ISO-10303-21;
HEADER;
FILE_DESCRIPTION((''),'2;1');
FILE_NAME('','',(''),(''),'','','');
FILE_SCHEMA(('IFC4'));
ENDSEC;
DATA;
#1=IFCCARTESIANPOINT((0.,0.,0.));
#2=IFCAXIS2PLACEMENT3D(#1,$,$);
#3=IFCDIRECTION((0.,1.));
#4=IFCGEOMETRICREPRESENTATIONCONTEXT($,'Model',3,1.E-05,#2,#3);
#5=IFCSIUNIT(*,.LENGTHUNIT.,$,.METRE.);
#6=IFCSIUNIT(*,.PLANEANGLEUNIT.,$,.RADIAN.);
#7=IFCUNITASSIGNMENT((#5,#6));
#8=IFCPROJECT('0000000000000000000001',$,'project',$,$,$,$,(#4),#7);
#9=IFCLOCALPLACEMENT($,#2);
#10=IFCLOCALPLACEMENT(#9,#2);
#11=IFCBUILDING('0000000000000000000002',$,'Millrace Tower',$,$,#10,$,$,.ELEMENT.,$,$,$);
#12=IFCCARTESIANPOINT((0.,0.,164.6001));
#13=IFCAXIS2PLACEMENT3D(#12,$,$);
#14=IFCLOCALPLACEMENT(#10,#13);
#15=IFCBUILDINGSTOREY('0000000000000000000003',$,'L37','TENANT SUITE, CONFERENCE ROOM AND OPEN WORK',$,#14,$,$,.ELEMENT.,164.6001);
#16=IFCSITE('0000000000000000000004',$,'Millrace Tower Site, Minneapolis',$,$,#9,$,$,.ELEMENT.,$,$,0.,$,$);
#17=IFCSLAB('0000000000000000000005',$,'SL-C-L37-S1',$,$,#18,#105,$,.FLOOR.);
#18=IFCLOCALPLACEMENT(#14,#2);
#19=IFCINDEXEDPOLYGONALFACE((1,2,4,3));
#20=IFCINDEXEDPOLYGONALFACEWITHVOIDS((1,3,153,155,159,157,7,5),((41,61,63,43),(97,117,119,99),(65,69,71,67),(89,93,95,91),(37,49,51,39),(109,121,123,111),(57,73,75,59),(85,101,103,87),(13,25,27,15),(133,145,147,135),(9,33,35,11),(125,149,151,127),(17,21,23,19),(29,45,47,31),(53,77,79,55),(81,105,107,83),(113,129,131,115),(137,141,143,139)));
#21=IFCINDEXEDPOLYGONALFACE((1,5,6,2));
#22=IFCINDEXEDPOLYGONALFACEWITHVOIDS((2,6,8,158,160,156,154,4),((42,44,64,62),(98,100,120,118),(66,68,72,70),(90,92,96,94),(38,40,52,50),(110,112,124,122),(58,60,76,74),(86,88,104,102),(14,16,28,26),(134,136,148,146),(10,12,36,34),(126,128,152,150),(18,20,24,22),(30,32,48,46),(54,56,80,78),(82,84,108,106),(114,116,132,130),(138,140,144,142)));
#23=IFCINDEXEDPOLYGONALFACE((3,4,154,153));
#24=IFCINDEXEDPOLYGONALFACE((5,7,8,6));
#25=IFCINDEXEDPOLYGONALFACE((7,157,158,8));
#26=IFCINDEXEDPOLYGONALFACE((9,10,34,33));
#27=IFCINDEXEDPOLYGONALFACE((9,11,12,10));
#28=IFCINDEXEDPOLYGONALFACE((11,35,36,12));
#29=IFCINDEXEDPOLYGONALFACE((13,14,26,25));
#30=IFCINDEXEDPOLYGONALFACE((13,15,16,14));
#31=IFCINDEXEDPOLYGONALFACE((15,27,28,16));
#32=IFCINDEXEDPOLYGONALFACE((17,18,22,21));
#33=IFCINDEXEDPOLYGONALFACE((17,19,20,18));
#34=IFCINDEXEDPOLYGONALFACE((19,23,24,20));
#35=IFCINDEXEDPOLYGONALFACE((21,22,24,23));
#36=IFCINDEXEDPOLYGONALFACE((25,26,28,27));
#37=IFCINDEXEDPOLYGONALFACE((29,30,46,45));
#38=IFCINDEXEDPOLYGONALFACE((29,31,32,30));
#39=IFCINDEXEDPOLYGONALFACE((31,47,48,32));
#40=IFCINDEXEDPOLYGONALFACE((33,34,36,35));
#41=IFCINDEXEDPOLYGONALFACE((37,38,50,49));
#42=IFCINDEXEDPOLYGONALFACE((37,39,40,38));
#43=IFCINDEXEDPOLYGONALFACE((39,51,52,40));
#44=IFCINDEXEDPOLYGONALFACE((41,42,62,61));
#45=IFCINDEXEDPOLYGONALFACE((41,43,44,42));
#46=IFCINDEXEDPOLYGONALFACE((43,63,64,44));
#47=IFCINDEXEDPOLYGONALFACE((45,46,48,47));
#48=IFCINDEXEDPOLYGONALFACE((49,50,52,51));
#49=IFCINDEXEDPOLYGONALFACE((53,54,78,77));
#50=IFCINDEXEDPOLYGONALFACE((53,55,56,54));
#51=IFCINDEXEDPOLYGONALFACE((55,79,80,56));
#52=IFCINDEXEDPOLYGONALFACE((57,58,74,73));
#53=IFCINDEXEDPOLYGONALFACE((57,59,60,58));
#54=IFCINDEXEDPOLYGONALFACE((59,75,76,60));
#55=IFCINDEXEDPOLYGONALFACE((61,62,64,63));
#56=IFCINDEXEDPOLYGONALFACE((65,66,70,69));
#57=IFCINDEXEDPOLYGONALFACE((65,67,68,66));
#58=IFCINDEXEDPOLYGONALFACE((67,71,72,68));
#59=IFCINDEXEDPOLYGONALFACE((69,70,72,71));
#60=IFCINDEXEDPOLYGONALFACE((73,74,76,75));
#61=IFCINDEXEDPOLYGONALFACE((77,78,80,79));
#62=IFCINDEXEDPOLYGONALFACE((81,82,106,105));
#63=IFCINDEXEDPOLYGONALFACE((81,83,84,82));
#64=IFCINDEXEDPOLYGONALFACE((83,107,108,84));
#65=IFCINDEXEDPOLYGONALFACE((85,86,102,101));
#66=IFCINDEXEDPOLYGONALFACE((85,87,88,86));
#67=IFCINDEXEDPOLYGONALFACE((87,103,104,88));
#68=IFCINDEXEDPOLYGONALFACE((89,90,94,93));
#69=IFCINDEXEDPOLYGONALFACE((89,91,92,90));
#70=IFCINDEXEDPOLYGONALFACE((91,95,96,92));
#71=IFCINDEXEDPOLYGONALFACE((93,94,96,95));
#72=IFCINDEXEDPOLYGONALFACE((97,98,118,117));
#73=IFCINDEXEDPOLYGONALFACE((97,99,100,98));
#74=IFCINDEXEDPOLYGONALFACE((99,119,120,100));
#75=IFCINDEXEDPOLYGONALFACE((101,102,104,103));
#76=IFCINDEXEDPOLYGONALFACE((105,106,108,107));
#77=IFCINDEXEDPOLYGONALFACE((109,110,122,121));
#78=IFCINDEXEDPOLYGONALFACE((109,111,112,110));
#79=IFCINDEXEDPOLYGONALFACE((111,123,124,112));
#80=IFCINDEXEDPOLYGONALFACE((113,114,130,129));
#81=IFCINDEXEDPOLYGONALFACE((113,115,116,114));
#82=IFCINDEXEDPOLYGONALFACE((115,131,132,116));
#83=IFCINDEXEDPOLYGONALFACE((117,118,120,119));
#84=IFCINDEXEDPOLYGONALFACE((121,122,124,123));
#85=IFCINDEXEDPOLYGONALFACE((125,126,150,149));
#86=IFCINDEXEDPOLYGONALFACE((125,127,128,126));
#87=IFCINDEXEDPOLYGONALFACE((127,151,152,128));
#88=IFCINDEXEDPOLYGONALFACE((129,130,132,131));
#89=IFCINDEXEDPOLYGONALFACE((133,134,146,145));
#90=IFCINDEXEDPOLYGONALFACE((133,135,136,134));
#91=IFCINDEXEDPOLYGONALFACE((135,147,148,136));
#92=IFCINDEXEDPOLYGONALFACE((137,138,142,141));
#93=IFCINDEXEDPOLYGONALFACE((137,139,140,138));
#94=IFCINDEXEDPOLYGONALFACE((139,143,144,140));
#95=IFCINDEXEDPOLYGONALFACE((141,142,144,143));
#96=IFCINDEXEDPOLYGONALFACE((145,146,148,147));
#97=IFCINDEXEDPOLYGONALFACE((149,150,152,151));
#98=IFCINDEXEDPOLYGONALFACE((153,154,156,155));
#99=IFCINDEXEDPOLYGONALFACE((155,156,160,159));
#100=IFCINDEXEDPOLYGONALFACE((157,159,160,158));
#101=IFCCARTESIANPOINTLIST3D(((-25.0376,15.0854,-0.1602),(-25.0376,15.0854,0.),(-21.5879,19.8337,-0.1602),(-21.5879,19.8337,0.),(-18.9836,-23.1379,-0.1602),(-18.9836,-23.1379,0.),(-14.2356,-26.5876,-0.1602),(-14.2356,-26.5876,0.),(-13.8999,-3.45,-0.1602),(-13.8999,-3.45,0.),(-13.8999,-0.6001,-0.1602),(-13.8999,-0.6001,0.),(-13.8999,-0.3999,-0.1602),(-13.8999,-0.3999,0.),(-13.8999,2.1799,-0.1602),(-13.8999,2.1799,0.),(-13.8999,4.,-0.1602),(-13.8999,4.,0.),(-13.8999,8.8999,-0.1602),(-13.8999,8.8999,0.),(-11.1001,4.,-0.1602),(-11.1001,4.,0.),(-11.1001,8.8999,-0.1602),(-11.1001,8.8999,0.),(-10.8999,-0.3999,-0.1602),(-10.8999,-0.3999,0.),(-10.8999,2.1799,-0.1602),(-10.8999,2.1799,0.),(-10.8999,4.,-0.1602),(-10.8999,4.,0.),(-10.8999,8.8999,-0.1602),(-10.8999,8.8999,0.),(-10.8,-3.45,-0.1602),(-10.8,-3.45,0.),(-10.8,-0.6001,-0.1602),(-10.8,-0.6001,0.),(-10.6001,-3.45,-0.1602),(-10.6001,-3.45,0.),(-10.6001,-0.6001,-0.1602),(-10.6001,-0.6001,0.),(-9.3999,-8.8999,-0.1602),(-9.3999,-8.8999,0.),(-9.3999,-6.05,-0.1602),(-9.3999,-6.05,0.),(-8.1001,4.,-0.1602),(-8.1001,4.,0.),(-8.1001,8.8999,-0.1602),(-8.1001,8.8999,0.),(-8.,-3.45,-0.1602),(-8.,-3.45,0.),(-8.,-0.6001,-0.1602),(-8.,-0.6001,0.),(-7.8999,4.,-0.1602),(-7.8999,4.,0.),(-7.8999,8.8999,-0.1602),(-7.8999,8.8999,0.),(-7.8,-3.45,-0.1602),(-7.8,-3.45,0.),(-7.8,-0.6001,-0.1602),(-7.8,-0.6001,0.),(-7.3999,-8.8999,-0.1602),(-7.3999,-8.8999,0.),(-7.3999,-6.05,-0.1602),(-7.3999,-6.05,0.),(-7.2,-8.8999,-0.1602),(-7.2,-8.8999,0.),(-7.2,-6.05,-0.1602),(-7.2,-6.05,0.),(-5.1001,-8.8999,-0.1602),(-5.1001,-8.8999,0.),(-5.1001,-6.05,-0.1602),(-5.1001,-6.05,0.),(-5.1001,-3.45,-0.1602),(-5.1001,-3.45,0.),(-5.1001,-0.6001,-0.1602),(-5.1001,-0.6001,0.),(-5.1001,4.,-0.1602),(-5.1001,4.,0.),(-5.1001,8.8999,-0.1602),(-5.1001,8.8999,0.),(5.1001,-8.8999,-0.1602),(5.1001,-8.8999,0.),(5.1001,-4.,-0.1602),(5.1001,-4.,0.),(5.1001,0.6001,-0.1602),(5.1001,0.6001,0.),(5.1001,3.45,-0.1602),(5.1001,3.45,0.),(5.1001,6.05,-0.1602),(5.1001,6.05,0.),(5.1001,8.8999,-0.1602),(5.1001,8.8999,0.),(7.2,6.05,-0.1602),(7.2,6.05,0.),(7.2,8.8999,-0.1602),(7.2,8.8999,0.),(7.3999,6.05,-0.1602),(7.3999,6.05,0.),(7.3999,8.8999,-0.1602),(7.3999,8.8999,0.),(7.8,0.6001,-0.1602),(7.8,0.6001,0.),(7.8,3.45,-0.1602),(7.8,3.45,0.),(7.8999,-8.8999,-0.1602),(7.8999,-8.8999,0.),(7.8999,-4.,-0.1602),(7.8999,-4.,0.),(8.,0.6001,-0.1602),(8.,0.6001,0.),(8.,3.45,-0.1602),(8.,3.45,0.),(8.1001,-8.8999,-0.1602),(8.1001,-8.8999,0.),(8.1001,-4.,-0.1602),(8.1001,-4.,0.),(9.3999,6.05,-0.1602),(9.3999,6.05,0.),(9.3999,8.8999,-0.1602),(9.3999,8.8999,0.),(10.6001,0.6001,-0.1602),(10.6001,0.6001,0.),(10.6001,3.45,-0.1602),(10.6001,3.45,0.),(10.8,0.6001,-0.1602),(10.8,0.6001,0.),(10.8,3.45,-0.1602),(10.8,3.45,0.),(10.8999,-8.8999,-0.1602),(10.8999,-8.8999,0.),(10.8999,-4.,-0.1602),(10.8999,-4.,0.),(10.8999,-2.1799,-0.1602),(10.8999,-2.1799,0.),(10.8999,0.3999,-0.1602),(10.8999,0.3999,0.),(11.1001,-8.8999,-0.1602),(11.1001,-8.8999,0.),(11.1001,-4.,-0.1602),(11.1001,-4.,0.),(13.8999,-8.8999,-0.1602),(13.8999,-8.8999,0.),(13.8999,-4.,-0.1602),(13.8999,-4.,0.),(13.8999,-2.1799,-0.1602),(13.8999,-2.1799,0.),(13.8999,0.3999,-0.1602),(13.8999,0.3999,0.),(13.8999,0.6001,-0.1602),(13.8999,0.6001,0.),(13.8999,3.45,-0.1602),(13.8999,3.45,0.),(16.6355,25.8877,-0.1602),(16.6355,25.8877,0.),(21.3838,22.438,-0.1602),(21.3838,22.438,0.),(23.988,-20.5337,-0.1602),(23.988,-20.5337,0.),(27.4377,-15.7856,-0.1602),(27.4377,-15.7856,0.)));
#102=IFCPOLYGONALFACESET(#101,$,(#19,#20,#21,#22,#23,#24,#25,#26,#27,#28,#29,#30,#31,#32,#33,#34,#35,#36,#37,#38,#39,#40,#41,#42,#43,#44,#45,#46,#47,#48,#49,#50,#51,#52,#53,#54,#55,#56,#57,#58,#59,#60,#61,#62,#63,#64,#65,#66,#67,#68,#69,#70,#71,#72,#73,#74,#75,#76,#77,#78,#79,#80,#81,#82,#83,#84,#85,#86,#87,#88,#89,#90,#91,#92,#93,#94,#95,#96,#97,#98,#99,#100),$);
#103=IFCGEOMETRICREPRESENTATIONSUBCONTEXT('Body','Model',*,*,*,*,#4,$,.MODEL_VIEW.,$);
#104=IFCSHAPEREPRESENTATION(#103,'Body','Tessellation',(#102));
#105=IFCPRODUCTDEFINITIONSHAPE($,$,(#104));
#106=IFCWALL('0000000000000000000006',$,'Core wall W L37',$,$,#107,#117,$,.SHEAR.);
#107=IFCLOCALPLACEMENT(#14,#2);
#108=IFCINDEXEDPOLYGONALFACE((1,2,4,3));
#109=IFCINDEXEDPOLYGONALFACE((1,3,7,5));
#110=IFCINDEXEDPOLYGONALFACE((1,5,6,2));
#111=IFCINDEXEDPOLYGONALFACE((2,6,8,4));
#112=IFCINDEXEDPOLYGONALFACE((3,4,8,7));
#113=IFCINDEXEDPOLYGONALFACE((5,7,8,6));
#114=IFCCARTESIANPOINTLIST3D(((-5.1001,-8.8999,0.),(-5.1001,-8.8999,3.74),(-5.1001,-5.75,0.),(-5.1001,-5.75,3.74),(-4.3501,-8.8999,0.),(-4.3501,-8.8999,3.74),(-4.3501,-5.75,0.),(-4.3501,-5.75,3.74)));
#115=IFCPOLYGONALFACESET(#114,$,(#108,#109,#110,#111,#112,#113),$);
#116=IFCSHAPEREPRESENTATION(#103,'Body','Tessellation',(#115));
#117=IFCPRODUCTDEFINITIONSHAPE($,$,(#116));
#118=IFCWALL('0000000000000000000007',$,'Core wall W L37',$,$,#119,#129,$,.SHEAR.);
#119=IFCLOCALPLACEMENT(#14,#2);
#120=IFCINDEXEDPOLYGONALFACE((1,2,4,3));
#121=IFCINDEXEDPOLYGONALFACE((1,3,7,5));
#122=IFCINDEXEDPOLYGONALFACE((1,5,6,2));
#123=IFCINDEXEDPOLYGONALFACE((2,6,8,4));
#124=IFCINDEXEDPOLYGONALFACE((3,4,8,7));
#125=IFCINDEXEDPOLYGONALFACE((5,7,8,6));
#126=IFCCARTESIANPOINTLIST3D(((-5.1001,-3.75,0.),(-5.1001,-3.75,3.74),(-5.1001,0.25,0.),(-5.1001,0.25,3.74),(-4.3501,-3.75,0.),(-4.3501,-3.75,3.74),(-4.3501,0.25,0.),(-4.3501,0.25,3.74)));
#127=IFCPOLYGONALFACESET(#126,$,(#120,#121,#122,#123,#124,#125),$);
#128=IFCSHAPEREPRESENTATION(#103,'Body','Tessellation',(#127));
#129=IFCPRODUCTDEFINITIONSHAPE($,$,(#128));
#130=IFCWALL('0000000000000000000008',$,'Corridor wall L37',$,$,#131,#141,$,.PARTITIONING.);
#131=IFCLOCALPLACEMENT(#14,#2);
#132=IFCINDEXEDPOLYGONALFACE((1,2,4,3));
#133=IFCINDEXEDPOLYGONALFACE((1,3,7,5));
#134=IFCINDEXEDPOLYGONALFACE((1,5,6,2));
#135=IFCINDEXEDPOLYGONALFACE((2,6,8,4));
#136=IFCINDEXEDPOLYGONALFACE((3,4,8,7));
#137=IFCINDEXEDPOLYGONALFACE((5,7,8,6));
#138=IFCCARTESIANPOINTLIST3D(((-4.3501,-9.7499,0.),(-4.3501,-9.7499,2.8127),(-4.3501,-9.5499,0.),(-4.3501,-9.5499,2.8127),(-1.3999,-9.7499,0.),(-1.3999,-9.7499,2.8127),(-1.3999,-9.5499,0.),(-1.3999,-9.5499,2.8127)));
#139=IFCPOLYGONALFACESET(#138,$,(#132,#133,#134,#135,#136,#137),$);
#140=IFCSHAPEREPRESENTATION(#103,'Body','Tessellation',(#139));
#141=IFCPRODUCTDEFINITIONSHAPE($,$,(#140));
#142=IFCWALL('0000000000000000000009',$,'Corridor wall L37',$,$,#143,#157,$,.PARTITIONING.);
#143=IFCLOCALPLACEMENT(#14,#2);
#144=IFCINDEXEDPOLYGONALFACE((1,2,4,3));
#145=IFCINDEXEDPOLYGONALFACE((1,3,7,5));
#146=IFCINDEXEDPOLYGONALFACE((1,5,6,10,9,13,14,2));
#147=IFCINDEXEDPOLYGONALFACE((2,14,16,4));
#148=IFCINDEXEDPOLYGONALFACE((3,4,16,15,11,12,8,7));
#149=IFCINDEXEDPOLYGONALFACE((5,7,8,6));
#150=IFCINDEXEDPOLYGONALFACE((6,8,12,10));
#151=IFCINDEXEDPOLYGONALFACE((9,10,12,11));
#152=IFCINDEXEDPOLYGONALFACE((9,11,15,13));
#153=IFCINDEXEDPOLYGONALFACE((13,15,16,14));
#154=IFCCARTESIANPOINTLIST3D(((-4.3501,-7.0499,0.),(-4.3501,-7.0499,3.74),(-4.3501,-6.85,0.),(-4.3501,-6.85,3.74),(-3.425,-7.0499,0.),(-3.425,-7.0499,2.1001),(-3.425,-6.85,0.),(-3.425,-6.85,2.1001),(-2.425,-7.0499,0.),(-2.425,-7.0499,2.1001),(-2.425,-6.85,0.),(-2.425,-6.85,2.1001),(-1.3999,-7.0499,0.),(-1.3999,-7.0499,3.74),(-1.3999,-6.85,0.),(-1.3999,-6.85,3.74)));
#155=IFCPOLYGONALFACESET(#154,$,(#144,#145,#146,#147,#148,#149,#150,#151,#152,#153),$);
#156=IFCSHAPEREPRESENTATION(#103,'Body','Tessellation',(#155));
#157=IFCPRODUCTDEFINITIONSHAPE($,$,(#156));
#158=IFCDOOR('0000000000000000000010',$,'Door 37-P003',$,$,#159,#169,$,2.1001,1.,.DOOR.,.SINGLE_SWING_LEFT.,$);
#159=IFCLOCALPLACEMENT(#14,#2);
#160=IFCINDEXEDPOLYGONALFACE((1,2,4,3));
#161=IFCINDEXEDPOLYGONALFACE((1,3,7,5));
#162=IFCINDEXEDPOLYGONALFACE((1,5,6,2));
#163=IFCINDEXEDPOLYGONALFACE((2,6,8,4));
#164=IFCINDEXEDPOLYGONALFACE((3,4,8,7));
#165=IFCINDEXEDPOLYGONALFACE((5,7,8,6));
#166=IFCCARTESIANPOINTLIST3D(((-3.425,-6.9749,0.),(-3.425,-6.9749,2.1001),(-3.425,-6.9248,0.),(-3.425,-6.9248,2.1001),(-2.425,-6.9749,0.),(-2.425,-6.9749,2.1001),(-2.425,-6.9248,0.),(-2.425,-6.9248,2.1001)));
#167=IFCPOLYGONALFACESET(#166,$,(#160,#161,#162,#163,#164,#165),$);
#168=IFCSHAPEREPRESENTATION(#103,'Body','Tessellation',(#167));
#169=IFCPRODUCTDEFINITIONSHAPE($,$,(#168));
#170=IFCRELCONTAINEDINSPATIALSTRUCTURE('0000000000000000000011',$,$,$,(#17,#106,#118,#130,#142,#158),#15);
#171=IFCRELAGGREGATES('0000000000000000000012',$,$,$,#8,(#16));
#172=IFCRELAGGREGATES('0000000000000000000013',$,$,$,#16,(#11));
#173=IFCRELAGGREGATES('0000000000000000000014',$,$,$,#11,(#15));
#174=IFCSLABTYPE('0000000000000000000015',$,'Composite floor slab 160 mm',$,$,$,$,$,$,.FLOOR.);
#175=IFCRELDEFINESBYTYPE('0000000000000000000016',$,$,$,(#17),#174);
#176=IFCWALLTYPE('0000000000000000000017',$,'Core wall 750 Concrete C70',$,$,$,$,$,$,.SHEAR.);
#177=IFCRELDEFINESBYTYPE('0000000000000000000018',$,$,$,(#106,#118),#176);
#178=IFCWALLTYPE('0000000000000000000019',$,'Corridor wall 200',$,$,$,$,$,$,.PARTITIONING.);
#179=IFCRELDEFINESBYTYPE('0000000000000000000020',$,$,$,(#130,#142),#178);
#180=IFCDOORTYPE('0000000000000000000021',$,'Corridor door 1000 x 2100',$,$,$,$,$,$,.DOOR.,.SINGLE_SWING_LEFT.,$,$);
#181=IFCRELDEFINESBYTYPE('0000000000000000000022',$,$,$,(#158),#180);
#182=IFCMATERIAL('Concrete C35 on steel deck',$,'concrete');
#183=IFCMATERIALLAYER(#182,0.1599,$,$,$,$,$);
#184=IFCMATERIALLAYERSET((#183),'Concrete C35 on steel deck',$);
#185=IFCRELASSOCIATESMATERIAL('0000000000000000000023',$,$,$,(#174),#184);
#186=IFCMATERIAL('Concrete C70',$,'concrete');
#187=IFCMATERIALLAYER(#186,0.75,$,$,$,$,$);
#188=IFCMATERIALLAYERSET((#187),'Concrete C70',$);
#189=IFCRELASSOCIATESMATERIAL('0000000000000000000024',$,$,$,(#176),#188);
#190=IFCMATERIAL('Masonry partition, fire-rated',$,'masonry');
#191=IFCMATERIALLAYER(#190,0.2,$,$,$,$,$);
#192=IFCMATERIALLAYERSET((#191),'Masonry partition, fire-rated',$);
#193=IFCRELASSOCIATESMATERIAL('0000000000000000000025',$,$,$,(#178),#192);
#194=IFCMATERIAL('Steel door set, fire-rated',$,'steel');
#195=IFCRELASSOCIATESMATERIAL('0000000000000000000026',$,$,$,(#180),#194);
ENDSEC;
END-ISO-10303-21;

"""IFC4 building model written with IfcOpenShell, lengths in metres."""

from ifc_helpers import new_model, si_unit, direction, frame, frame_2d, origin, place, context, subcontext, project, spatial, polyline, rectangle, outline, extrude, material, layer, layer_set, type_object, element, fill, save


model = new_model("IFC4")

# Units and contexts
model_context = context("Model", 3, precision=1e-05, world=origin(), true_north=direction((0.0, 1.0)))
body_context = subcontext(model_context, "Body", "Model", "MODEL_VIEW")
ifc_project = project(units=[si_unit("LENGTHUNIT", "METRE"), si_unit("PLANEANGLEUNIT", "RADIAN")], contexts=[model_context])

# Site, building, storey
site_placement = place(None, origin())
site = spatial("IfcSite", under=ifc_project, at=site_placement, Name="Millrace Tower Site, Minneapolis", CompositionType="ELEMENT", RefElevation=0.0)
building_placement = place(site_placement, origin())
building = spatial("IfcBuilding", under=site, at=building_placement, Name="Millrace Tower", CompositionType="ELEMENT")
storey_placement = place(building_placement, frame((0.0, 0.0, 164.6001)))
storey = spatial("IfcBuildingStorey", under=building, at=storey_placement, Name="L37", Description="TENANT SUITE, CONFERENCE ROOM AND OPEN WORK", CompositionType="ELEMENT", Elevation=164.6001)

# Slab
ifc_material_1 = material(Name="Concrete C35 on steel deck", Category="concrete")
ifc_layer_1 = layer(ifc_material_1, 0.1599)
ifc_layer_set_1 = layer_set([ifc_layer_1], Name="Concrete C35 on steel deck")
slab_type = type_object("IfcSlabType", Name="Composite floor slab 160 mm", PredefinedType="FLOOR", material=ifc_layer_set_1)
slab_placement = place(storey_placement, frame((0.0, 0.0, -0.1602)))
element("IfcSlab", 1, at=slab_placement, inside=storey, type_object=slab_type, Name="SL-C-L37-S1", PredefinedType="FLOOR", context=body_context, shape_type="SweptSolid", body=[
    extrude(outline(polyline([(-18.9836, -23.1379), (-14.2356, -26.5876), (23.988, -20.5337), (27.4377, -15.7856), (21.3838, 22.438), (16.6355, 25.8877), (-21.5879, 19.8337), (-25.0376, 15.0854), (-18.9836, -23.1379)]), holes=[polyline([(-9.3999, -8.8999), (-7.3999, -8.8999), (-7.3999, -6.05), (-9.3999, -6.05), (-9.3999, -8.8999)]), polyline([(-7.2, -8.8999), (-5.1001, -8.8999), (-5.1001, -6.05), (-7.2, -6.05), (-7.2, -8.8999)]), polyline([(-13.8999, -3.45), (-10.8, -3.45), (-10.8, -0.6001), (-13.8999, -0.6001), (-13.8999, -3.45)]), polyline([(-10.6001, -3.45), (-8.0, -3.45), (-8.0, -0.6001), (-10.6001, -0.6001), (-10.6001, -3.45)]), polyline([(-7.8, -3.45), (-5.1001, -3.45), (-5.1001, -0.6001), (-7.8, -0.6001), (-7.8, -3.45)]), polyline([(-13.8999, -0.3999), (-10.8999, -0.3999), (-10.8999, 2.1799), (-13.8999, 2.1799), (-13.8999, -0.3999)]), polyline([(-13.8999, 4.0), (-11.1001, 4.0), (-11.1001, 8.8999), (-13.8999, 8.8999), (-13.8999, 4.0)]), polyline([(-10.8999, 4.0), (-8.1001, 4.0), (-8.1001, 8.8999), (-10.8999, 8.8999), (-10.8999, 4.0)]), polyline([(-7.8999, 4.0), (-5.1001, 4.0), (-5.1001, 8.8999), (-7.8999, 8.8999), (-7.8999, 4.0)]), polyline([(7.3999, 6.05), (9.3999, 6.05), (9.3999, 8.8999), (7.3999, 8.8999), (7.3999, 6.05)]), polyline([(5.1001, 6.05), (7.2, 6.05), (7.2, 8.8999), (5.1001, 8.8999), (5.1001, 6.05)]), polyline([(10.8, 0.6001), (13.8999, 0.6001), (13.8999, 3.45), (10.8, 3.45), (10.8, 0.6001)]), polyline([(8.0, 0.6001), (10.6001, 0.6001), (10.6001, 3.45), (8.0, 3.45), (8.0, 0.6001)]), polyline([(5.1001, 0.6001), (7.8, 0.6001), (7.8, 3.45), (5.1001, 3.45), (5.1001, 0.6001)]), polyline([(10.8999, -2.1799), (13.8999, -2.1799), (13.8999, 0.3999), (10.8999, 0.3999), (10.8999, -2.1799)]), polyline([(11.1001, -8.8999), (13.8999, -8.8999), (13.8999, -4.0), (11.1001, -4.0), (11.1001, -8.8999)]), polyline([(8.1001, -8.8999), (10.8999, -8.8999), (10.8999, -4.0), (8.1001, -4.0), (8.1001, -8.8999)]), polyline([(5.1001, -8.8999), (7.8999, -8.8999), (7.8999, -4.0), (5.1001, -4.0), (5.1001, -8.8999)])]), origin(), (0.0, 0.0, 1.0), 0.1602),
])

# Walls
ifc_material_2 = material(Name="Concrete C70", Category="concrete")
ifc_layer_2 = layer(ifc_material_2, 0.75)
ifc_layer_set_2 = layer_set([ifc_layer_2], Name="Concrete C70")
wall_type_1 = type_object("IfcWallType", Name="Core wall 750 Concrete C70", PredefinedType="SHEAR", material=ifc_layer_set_2)
wall_1_placement = place(storey_placement, frame((-4.7251, -8.8999, 0.0), z_axis=(0.0, 0.0, 1.0), x_axis=(0.0, 1.0, 0.0)))
element("IfcWall", 2, at=wall_1_placement, inside=storey, type_object=wall_type_1, Name="Core wall W L37", PredefinedType="SHEAR", context=body_context, shape_type="SweptSolid", body=[
    extrude(rectangle(XDim=3.1499, YDim=0.75, at=frame_2d((1.575, 0.0))), origin(), (0.0, 0.0, 1.0), 3.74),
])
wall_2_placement = place(storey_placement, frame((-4.7251, -3.75, 0.0), z_axis=(0.0, 0.0, 1.0), x_axis=(0.0, 1.0, 0.0)))
element("IfcWall", 3, at=wall_2_placement, inside=storey, type_object=wall_type_1, Name="Core wall W L37", PredefinedType="SHEAR", context=body_context, shape_type="SweptSolid", body=[
    extrude(rectangle(XDim=4.0, YDim=0.75, at=frame_2d((2.0, 0.0))), origin(), (0.0, 0.0, 1.0), 3.74),
])
ifc_material_3 = material(Name="Masonry partition, fire-rated", Category="masonry")
ifc_layer_3 = layer(ifc_material_3, 0.2)
ifc_layer_set_3 = layer_set([ifc_layer_3], Name="Masonry partition, fire-rated")
wall_type_2 = type_object("IfcWallType", Name="Corridor wall 200", PredefinedType="PARTITIONING", material=ifc_layer_set_3)
wall_3_placement = place(storey_placement, frame((-4.3501, -9.6499, 0.0), z_axis=(0.0, 0.0, 1.0), x_axis=(1.0, 0.0, 0.0)))
element("IfcWall", 4, at=wall_3_placement, inside=storey, type_object=wall_type_2, Name="Corridor wall L37", PredefinedType="PARTITIONING", context=body_context, shape_type="SweptSolid", body=[
    extrude(rectangle(XDim=2.9502, YDim=0.2, at=frame_2d((1.4751, 0.0))), origin(), (0.0, 0.0, 1.0), 2.8127),
])

# Wall, opening, door
wall_4_placement = place(storey_placement, frame((-4.3501, -6.95, 0.0), z_axis=(0.0, 0.0, 1.0), x_axis=(1.0, 0.0, 0.0)))
wall_4 = element("IfcWall", 5, at=wall_4_placement, inside=storey, type_object=wall_type_2, Name="Corridor wall L37", PredefinedType="PARTITIONING", context=body_context, shape_type="SweptSolid", body=[
    extrude(rectangle(XDim=2.9502, YDim=0.2, at=frame_2d((1.4751, 0.0))), origin(), (0.0, 0.0, 1.0), 3.74),
])
opening_1_placement = place(wall_4_placement, frame((0.925, 0.0, 0.0)))
opening_1 = element("IfcOpeningElement", 6, at=opening_1_placement, cuts=wall_4, PredefinedType="OPENING", context=body_context, shape_type="SweptSolid", body=[
    extrude(rectangle(XDim=1.0, YDim=2.1001, at=frame_2d((0.5, 1.05))), frame((0.0, 0.1099, 0.0), z_axis=(0.0, -1.0, 0.0), x_axis=(1.0, 0.0, 0.0)), (0.0, 0.0, 1.0), 0.22),
])
ifc_material_4 = material(Name="Steel door set, fire-rated", Category="steel")
door_type_1 = type_object("IfcDoorType", Name="Corridor door 1000 x 2100", OperationType="SINGLE_SWING_LEFT", PredefinedType="DOOR", material=ifc_material_4)
door_1_placement = place(opening_1_placement, frame((1.0, 0.0, 0.0), z_axis=(0.0, 0.0, 1.0), x_axis=(-1.0, 0.0, 0.0)))
door_1 = element("IfcDoor", 7, at=door_1_placement, inside=storey, type_object=door_type_1, Name="Door 37-P003", OperationType="SINGLE_SWING_LEFT", OverallHeight=2.1001, OverallWidth=1.0, PredefinedType="DOOR", context=body_context, shape_type="SweptSolid", body=[
    extrude(rectangle(XDim=1.0, YDim=2.1001, at=frame_2d((0.5, 1.05))), frame((0.0, 0.0249, 0.0), z_axis=(0.0, -1.0, 0.0), x_axis=(1.0, 0.0, 0.0)), (0.0, 0.0, 1.0), 0.05),
])
fill(opening_1, door_1)

save(model, "model.ifc")
